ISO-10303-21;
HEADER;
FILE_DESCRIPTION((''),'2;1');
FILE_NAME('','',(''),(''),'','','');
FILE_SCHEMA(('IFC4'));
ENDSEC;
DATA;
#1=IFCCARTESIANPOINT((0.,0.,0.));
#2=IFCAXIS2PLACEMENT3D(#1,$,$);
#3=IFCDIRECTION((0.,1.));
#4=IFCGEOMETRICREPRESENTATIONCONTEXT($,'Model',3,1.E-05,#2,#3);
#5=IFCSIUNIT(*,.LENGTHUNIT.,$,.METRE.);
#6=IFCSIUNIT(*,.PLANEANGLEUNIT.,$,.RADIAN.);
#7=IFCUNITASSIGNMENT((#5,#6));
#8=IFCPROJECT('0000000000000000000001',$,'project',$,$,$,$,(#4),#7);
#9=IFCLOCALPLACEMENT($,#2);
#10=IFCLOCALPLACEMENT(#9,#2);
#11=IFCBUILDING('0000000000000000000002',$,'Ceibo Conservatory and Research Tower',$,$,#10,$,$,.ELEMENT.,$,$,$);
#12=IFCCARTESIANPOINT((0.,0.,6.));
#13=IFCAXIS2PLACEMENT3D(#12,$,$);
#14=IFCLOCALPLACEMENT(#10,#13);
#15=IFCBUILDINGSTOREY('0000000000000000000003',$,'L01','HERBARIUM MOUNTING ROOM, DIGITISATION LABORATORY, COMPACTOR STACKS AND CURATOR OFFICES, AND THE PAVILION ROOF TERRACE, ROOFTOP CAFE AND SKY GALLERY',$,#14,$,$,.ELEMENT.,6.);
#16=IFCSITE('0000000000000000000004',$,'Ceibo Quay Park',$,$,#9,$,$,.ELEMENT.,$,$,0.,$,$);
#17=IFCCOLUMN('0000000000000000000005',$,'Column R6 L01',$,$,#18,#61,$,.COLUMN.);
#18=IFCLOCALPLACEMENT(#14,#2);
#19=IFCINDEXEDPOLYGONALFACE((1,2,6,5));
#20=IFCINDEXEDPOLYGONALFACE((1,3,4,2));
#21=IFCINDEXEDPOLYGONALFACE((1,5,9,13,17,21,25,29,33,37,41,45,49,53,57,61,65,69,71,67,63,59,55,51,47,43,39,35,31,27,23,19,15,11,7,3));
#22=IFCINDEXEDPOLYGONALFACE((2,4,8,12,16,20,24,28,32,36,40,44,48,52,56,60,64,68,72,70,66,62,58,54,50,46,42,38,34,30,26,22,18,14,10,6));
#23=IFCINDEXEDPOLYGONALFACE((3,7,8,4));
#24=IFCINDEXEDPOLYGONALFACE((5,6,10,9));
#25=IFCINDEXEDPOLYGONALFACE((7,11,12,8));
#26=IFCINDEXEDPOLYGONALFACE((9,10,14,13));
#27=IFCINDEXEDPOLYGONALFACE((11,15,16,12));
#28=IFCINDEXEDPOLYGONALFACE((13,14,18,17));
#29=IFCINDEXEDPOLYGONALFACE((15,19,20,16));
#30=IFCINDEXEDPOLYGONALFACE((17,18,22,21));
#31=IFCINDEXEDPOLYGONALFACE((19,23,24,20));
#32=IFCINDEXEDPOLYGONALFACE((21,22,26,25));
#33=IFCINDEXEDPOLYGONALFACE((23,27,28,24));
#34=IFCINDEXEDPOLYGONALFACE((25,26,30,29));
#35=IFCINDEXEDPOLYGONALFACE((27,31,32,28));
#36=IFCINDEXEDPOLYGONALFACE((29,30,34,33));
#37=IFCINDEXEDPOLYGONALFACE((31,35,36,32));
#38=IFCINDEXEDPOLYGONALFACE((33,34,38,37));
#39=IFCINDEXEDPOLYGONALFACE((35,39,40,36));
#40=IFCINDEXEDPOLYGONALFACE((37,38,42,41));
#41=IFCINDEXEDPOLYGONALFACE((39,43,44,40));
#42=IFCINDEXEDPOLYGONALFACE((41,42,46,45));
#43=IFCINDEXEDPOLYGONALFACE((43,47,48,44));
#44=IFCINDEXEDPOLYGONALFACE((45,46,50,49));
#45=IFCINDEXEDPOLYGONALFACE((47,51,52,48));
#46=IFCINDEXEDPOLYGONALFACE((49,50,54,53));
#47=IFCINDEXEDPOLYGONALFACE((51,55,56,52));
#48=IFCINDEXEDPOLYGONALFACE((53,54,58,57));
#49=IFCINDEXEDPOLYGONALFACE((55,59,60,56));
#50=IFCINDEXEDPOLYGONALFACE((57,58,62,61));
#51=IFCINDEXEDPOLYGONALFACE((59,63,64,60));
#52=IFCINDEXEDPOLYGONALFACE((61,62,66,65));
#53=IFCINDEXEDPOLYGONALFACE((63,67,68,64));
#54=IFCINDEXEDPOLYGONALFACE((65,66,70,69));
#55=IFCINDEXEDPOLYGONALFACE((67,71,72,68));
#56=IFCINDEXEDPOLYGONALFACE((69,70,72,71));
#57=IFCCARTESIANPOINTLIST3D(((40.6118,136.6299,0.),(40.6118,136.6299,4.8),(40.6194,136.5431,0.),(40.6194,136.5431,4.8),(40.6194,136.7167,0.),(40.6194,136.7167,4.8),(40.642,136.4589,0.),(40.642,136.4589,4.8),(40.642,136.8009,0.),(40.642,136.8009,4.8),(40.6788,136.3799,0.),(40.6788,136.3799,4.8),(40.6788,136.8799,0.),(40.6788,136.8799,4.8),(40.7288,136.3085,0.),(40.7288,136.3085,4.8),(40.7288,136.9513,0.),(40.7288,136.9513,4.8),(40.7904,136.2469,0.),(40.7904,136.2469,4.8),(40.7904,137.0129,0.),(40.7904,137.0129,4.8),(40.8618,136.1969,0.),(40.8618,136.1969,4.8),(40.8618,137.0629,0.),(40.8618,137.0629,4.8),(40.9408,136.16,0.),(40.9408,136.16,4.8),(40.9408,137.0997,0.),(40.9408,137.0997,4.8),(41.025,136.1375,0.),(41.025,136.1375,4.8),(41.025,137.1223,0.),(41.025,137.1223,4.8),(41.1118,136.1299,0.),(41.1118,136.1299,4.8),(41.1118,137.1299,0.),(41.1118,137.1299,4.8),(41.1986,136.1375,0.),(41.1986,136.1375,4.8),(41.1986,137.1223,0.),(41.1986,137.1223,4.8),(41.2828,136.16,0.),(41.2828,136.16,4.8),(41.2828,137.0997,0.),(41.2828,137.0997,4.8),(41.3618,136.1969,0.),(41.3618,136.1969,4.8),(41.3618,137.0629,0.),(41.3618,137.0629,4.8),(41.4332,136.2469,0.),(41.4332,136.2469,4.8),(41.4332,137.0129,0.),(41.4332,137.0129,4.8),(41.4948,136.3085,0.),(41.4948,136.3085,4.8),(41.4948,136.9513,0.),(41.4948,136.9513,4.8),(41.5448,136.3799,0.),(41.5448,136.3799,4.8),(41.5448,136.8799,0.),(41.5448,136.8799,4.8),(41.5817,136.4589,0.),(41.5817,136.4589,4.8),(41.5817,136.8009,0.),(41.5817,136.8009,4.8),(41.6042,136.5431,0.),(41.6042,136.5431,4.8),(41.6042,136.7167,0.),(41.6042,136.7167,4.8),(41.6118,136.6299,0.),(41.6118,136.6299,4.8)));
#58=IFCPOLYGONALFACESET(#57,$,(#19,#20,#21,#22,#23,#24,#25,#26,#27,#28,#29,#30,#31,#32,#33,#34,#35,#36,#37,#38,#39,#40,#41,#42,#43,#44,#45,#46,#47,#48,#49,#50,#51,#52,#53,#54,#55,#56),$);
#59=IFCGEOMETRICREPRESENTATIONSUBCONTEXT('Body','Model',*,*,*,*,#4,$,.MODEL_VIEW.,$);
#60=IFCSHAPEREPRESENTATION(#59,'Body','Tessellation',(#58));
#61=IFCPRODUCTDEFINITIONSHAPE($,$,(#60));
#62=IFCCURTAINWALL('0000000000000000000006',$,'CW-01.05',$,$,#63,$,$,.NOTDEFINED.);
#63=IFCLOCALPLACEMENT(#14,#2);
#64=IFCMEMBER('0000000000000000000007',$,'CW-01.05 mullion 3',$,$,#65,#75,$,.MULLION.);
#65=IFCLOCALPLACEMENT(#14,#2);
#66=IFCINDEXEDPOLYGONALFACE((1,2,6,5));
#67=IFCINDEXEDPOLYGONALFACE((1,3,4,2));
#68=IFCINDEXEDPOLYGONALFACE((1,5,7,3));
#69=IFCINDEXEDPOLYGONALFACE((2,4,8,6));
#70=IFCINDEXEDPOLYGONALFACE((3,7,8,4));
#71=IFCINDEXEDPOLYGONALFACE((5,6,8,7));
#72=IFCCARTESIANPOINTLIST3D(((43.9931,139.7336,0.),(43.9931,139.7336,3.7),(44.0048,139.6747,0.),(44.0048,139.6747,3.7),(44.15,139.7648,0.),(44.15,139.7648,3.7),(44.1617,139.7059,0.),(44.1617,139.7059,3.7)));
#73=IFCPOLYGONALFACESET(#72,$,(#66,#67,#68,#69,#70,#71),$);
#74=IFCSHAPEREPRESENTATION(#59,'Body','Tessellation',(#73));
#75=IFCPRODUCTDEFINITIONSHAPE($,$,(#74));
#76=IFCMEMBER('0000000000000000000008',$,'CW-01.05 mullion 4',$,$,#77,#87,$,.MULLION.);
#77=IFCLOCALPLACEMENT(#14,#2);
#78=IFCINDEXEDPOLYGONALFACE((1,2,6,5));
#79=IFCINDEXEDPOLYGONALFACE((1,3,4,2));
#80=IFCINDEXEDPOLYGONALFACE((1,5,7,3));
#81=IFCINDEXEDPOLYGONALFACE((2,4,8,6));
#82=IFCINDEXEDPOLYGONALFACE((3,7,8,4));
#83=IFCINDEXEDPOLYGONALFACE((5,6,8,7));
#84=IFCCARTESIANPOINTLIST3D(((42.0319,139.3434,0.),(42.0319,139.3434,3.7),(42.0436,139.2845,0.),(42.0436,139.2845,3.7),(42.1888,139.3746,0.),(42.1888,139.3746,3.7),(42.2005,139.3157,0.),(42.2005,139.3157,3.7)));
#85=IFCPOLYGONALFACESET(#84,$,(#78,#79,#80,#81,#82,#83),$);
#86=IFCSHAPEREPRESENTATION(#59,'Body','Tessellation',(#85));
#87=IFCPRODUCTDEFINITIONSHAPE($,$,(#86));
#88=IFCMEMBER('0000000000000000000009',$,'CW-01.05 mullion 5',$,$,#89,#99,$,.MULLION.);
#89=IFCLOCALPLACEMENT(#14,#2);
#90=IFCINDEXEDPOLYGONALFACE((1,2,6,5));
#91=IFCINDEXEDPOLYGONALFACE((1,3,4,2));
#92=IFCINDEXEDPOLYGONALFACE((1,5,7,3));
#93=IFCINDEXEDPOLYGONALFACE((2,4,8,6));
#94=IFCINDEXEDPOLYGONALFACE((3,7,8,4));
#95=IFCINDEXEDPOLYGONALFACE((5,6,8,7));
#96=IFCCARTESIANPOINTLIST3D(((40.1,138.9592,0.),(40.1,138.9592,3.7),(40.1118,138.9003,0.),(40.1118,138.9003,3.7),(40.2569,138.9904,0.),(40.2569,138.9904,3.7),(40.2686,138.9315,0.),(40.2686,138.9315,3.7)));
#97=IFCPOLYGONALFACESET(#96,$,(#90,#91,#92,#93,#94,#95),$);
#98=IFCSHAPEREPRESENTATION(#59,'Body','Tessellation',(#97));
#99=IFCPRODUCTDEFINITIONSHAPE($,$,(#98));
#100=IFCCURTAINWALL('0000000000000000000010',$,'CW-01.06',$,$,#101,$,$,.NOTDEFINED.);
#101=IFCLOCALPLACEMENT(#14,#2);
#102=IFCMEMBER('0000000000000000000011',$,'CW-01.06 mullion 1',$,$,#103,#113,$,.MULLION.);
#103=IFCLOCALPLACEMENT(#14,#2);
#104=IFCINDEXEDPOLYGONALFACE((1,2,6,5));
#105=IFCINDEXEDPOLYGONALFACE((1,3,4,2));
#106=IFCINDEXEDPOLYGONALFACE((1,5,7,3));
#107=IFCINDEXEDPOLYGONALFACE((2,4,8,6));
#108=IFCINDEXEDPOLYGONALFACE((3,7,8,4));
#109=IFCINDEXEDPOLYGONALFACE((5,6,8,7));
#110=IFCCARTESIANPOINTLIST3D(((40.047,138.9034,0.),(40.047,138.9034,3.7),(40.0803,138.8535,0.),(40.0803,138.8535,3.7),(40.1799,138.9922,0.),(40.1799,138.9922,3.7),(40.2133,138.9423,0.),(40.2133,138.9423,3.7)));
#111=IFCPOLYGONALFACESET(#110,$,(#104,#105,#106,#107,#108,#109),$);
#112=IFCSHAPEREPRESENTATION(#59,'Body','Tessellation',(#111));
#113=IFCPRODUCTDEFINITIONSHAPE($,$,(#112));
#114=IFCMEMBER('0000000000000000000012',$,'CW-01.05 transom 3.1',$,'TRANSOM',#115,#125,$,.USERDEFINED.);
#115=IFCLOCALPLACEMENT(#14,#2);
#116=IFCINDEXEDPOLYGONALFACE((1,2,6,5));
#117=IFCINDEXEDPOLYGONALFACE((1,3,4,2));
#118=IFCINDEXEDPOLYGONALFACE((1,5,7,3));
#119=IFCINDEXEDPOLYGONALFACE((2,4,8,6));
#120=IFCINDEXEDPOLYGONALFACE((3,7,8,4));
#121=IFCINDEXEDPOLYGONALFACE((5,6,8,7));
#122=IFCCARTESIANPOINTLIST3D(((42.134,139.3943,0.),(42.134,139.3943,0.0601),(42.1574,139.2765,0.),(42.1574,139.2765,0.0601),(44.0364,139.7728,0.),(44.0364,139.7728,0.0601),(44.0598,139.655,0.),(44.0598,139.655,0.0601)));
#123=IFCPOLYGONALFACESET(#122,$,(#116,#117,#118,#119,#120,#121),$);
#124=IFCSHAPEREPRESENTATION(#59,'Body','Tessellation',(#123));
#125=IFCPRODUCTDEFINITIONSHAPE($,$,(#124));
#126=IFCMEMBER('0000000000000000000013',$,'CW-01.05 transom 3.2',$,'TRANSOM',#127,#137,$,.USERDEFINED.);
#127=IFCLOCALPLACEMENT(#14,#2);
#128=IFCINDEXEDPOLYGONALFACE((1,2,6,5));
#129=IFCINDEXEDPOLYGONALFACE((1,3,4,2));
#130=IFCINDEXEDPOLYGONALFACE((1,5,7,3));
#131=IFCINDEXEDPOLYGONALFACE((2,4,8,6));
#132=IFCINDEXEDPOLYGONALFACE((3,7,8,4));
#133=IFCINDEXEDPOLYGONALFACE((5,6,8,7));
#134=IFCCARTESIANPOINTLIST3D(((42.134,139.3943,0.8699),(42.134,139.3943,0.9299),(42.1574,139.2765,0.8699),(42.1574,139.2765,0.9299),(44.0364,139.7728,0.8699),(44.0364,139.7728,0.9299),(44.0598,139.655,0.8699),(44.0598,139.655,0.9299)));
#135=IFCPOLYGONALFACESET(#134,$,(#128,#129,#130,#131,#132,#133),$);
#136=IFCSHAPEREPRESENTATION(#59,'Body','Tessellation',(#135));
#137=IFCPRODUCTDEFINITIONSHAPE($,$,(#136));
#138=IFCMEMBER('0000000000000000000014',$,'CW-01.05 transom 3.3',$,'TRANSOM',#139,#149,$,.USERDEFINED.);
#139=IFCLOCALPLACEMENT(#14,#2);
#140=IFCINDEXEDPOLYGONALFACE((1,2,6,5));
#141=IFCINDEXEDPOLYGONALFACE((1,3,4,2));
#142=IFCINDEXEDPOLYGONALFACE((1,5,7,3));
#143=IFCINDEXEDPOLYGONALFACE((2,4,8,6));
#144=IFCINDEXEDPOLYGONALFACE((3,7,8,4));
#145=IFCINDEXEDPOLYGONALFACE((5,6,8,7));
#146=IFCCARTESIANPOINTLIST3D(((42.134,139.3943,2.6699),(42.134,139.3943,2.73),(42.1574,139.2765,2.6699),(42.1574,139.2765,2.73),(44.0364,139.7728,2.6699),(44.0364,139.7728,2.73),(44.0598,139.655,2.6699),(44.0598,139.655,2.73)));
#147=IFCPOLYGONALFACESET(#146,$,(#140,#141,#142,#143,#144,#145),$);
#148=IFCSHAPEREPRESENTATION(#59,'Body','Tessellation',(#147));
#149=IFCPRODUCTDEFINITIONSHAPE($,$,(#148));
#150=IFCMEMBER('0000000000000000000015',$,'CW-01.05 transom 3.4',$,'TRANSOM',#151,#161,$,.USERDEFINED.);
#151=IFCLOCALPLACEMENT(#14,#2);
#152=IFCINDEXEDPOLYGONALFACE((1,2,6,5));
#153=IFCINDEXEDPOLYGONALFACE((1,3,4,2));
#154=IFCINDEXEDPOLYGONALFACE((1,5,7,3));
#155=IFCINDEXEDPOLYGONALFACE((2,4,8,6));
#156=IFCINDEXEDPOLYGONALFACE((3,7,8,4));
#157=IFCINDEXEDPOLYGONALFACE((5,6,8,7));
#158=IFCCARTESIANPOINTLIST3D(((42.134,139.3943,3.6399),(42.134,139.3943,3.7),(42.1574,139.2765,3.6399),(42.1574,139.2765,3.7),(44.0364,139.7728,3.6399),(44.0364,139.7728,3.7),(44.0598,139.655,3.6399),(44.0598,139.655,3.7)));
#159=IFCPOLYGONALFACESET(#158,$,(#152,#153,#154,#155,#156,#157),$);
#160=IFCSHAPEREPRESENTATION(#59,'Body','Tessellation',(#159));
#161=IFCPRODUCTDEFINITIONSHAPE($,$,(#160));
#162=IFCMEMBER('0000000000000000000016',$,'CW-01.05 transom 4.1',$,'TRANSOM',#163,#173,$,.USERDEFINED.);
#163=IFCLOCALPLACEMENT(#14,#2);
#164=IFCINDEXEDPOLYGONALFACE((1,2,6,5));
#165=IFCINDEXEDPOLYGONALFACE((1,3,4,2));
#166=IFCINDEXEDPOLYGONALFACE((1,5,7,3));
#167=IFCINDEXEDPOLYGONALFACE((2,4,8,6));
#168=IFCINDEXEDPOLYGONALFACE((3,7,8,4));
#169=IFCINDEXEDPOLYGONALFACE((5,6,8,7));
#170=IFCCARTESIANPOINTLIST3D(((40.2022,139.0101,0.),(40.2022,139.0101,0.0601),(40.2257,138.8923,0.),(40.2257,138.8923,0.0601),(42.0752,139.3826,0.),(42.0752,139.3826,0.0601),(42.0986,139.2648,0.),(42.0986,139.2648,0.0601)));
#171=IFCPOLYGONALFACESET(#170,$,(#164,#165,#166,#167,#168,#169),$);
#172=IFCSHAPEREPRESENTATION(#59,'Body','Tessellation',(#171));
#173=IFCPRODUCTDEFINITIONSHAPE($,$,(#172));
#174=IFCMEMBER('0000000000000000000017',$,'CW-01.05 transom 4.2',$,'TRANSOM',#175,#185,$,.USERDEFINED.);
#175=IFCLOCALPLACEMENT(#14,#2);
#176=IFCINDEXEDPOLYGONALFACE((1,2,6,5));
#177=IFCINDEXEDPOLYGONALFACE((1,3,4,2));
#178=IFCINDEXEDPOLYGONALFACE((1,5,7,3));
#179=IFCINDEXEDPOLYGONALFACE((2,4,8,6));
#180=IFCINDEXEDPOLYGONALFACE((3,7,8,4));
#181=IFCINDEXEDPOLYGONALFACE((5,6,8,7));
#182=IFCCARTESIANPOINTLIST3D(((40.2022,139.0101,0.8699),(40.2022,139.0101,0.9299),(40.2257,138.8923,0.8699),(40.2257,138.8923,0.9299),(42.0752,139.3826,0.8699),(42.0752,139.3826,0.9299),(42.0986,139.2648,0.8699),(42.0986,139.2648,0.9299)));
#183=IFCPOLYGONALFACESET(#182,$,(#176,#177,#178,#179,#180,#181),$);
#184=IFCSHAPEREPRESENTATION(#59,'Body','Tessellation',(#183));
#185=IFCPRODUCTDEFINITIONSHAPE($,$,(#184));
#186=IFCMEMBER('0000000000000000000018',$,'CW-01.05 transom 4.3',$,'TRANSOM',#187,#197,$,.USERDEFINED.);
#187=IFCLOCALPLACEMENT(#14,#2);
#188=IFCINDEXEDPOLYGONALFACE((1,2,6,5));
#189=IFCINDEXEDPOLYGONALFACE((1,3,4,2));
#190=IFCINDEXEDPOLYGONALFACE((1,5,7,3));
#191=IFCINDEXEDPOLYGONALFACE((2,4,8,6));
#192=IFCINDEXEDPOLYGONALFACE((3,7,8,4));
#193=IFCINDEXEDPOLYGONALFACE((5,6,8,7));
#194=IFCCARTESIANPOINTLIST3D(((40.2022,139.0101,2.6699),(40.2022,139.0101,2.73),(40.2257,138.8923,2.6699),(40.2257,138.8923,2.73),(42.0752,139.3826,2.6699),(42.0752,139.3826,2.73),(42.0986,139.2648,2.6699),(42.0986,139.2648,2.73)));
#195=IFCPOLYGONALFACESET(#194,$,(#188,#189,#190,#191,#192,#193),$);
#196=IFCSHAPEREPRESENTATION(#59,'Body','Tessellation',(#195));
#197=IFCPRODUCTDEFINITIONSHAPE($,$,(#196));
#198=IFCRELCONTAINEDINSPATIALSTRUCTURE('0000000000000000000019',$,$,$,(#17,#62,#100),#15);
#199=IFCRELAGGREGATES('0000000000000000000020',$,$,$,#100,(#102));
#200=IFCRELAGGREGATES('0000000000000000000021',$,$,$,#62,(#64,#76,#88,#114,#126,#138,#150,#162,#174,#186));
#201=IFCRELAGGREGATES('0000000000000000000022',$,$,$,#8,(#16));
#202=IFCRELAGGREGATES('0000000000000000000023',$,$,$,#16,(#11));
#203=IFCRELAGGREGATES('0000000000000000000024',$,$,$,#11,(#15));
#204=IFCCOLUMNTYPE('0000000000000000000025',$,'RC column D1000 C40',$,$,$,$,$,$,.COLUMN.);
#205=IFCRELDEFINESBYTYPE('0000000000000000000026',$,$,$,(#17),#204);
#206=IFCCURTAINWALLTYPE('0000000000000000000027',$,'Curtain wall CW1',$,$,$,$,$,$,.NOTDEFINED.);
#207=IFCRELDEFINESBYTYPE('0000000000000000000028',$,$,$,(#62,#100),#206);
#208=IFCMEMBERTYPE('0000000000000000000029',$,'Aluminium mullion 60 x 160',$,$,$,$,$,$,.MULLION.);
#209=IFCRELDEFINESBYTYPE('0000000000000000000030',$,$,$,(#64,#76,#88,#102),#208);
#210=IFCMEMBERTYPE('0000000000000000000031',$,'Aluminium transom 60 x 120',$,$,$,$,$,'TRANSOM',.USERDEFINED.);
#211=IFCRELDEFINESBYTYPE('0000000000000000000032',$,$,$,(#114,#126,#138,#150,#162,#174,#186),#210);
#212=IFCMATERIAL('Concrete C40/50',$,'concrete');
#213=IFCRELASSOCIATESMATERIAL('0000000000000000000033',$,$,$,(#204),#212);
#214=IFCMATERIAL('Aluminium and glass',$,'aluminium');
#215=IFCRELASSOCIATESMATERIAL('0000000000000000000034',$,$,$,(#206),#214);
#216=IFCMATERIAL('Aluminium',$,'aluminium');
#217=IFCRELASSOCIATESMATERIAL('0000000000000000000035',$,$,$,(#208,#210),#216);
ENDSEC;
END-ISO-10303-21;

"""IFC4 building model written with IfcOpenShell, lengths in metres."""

from ifc_helpers import new_model, si_unit, direction, frame, origin, origin_2d, place, context, subcontext, project, spatial, rectangle, circle, extrude, material, material_profile, profile_set, type_object, element, aggregate, save


model = new_model("IFC4")

# Units and contexts
model_context = context("Model", 3, precision=1e-05, world=origin(), true_north=direction((0.0, 1.0)))
body_context = subcontext(model_context, "Body", "Model", "MODEL_VIEW")
ifc_project = project(units=[si_unit("LENGTHUNIT", "METRE"), si_unit("PLANEANGLEUNIT", "RADIAN")], contexts=[model_context])

# Site, building, storey
site_placement = place(None, origin())
site = spatial("IfcSite", under=ifc_project, at=site_placement, Name="Ceibo Quay Park", CompositionType="ELEMENT", RefElevation=0.0)
building_placement = place(site_placement, origin())
building = spatial("IfcBuilding", under=site, at=building_placement, Name="Ceibo Conservatory and Research Tower", CompositionType="ELEMENT")
storey_placement = place(building_placement, frame((0.0, 0.0, 6.0)))
storey = spatial("IfcBuildingStorey", under=building, at=storey_placement, Name="L01", Description="HERBARIUM MOUNTING ROOM, DIGITISATION LABORATORY, COMPACTOR STACKS AND CURATOR OFFICES, AND THE PAVILION ROOF TERRACE, ROOFTOP CAFE AND SKY GALLERY", CompositionType="ELEMENT", Elevation=6.0)

# Column
ifc_material_1 = material(Name="Concrete C40/50", Category="concrete")
ifc_material_profile_1 = material_profile(ifc_material_1, circle(Radius=0.5, at=origin_2d()), Name="RC D1000")
ifc_profile_set_1 = profile_set([ifc_material_profile_1], Name="Concrete C40/50")
column_type = type_object("IfcColumnType", Name="RC column D1000 C40", PredefinedType="COLUMN", material=ifc_profile_set_1)
column_placement = place(storey_placement, frame((41.1118, 136.6299, 0.0), z_axis=(0.0, 0.0, 1.0), x_axis=(1.0, 0.0, 0.0)))
element("IfcColumn", 1, at=column_placement, inside=storey, type_object=column_type, Name="Column R6 L01", PredefinedType="COLUMN", context=body_context, shape_type="SweptSolid", body=[
    extrude(circle(Radius=0.5, at=origin_2d()), origin(), (0.0, 0.0, 1.0), 4.8),
])

# Curtain wall, members
ifc_material_2 = material(Name="Aluminium and glass", Category="aluminium")
curtain_wall_type = type_object("IfcCurtainWallType", Name="Curtain wall CW1", PredefinedType="NOTDEFINED", material=ifc_material_2)
curtain_wall_1_placement = place(storey_placement, origin())
curtain_wall_1 = element("IfcCurtainWall", 2, at=curtain_wall_1_placement, inside=storey, type_object=curtain_wall_type, Name="CW-01.05", PredefinedType="NOTDEFINED")
ifc_material_3 = material(Name="Aluminium", Category="aluminium")
ifc_material_profile_2 = material_profile(ifc_material_3, rectangle(XDim=0.0601, YDim=0.1599, at=origin_2d()), Name="Aluminium 60 x 160")
ifc_profile_set_2 = profile_set([ifc_material_profile_2], Name="Aluminium")
member_type_1 = type_object("IfcMemberType", Name="Aluminium mullion 60 x 160", PredefinedType="MULLION", material=ifc_profile_set_2)
member_1_placement = place(storey_placement, frame((44.0774, 139.7197, 0.0), z_axis=(0.0, 0.0, 1.0), x_axis=(0.19509, -0.980785, 0.0)))
member_1 = element("IfcMember", 3, at=member_1_placement, type_object=member_type_1, Name="CW-01.05 mullion 3", PredefinedType="MULLION", context=body_context, shape_type="SweptSolid", body=[
    extrude(rectangle(XDim=0.0601, YDim=0.1599, at=origin_2d()), origin(), (0.0, 0.0, 1.0), 3.7),
])
member_2_placement = place(storey_placement, frame((42.1162, 139.3296, 0.0), z_axis=(0.0, 0.0, 1.0), x_axis=(0.19509, -0.980785, 0.0)))
member_2 = element("IfcMember", 4, at=member_2_placement, type_object=member_type_1, Name="CW-01.05 mullion 4", PredefinedType="MULLION", context=body_context, shape_type="SweptSolid", body=[
    extrude(rectangle(XDim=0.0601, YDim=0.1599, at=origin_2d()), origin(), (0.0, 0.0, 1.0), 3.7),
])
member_3_placement = place(storey_placement, frame((40.1843, 138.9453, 0.0), z_axis=(0.0, 0.0, 1.0), x_axis=(0.19509, -0.980785, 0.0)))
member_3 = element("IfcMember", 5, at=member_3_placement, type_object=member_type_1, Name="CW-01.05 mullion 5", PredefinedType="MULLION", context=body_context, shape_type="SweptSolid", body=[
    extrude(rectangle(XDim=0.0601, YDim=0.1599, at=origin_2d()), origin(), (0.0, 0.0, 1.0), 3.7),
])

# Curtain wall, member
curtain_wall_2_placement = place(storey_placement, origin())
curtain_wall_2 = element("IfcCurtainWall", 6, at=curtain_wall_2_placement, inside=storey, type_object=curtain_wall_type, Name="CW-01.06", PredefinedType="NOTDEFINED")
member_4_placement = place(storey_placement, frame((40.1301, 138.9229, 0.0), z_axis=(0.0, 0.0, 1.0), x_axis=(0.55557, -0.83147, 0.0)))
member_4 = element("IfcMember", 7, at=member_4_placement, type_object=member_type_1, Name="CW-01.06 mullion 1", PredefinedType="MULLION", context=body_context, shape_type="SweptSolid", body=[
    extrude(rectangle(XDim=0.0601, YDim=0.1599, at=origin_2d()), origin(), (0.0, 0.0, 1.0), 3.7),
])

# Members
ifc_material_profile_3 = material_profile(ifc_material_3, rectangle(XDim=0.1201, YDim=0.0601, at=origin_2d()), Name="Aluminium 60 x 120")
ifc_profile_set_3 = profile_set([ifc_material_profile_3], Name="Aluminium")
member_type_2 = type_object("IfcMemberType", Name="Aluminium transom 60 x 120", ElementType="TRANSOM", PredefinedType="USERDEFINED", material=ifc_profile_set_3)
member_5_placement = place(storey_placement, frame((44.0481, 139.7139, 0.03), z_axis=(-0.980783, -0.195099, 0.0), x_axis=(0.195099, -0.980783, 0.0)))
member_5 = element("IfcMember", 8, at=member_5_placement, type_object=member_type_2, Name="CW-01.05 transom 3.1", ObjectType="TRANSOM", PredefinedType="USERDEFINED", context=body_context, shape_type="SweptSolid", body=[
    extrude(rectangle(XDim=0.1201, YDim=0.0601, at=origin_2d()), origin(), (0.0, 0.0, 1.0), 1.9397),
])
member_6_placement = place(storey_placement, frame((44.0481, 139.7139, 0.8999), z_axis=(-0.980783, -0.195099, 0.0), x_axis=(0.195099, -0.980783, 0.0)))
member_6 = element("IfcMember", 9, at=member_6_placement, type_object=member_type_2, Name="CW-01.05 transom 3.2", ObjectType="TRANSOM", PredefinedType="USERDEFINED", context=body_context, shape_type="SweptSolid", body=[
    extrude(rectangle(XDim=0.1201, YDim=0.0601, at=origin_2d()), origin(), (0.0, 0.0, 1.0), 1.9397),
])
member_7_placement = place(storey_placement, frame((44.0481, 139.7139, 2.7), z_axis=(-0.980783, -0.195099, 0.0), x_axis=(0.195099, -0.980783, 0.0)))
member_7 = element("IfcMember", 10, at=member_7_placement, type_object=member_type_2, Name="CW-01.05 transom 3.3", ObjectType="TRANSOM", PredefinedType="USERDEFINED", context=body_context, shape_type="SweptSolid", body=[
    extrude(rectangle(XDim=0.1201, YDim=0.0601, at=origin_2d()), origin(), (0.0, 0.0, 1.0), 1.9397),
])
member_8_placement = place(storey_placement, frame((44.0481, 139.7139, 3.6699), z_axis=(-0.980783, -0.195099, 0.0), x_axis=(0.195099, -0.980783, 0.0)))
member_8 = element("IfcMember", 11, at=member_8_placement, type_object=member_type_2, Name="CW-01.05 transom 3.4", ObjectType="TRANSOM", PredefinedType="USERDEFINED", context=body_context, shape_type="SweptSolid", body=[
    extrude(rectangle(XDim=0.1201, YDim=0.0601, at=origin_2d()), origin(), (0.0, 0.0, 1.0), 1.9397),
])
member_9_placement = place(storey_placement, frame((42.0869, 139.3237, 0.03), z_axis=(-0.980787, -0.195083, 0.0), x_axis=(0.195083, -0.980787, 0.0)))
member_9 = element("IfcMember", 12, at=member_9_placement, type_object=member_type_2, Name="CW-01.05 transom 4.1", ObjectType="TRANSOM", PredefinedType="USERDEFINED", context=body_context, shape_type="SweptSolid", body=[
    extrude(rectangle(XDim=0.1201, YDim=0.0601, at=origin_2d()), origin(), (0.0, 0.0, 1.0), 1.9097),
])
member_10_placement = place(storey_placement, frame((42.0869, 139.3237, 0.8999), z_axis=(-0.980787, -0.195083, 0.0), x_axis=(0.195083, -0.980787, 0.0)))
member_10 = element("IfcMember", 13, at=member_10_placement, type_object=member_type_2, Name="CW-01.05 transom 4.2", ObjectType="TRANSOM", PredefinedType="USERDEFINED", context=body_context, shape_type="SweptSolid", body=[
    extrude(rectangle(XDim=0.1201, YDim=0.0601, at=origin_2d()), origin(), (0.0, 0.0, 1.0), 1.9097),
])
member_11_placement = place(storey_placement, frame((42.0869, 139.3237, 2.7), z_axis=(-0.980787, -0.195083, 0.0), x_axis=(0.195083, -0.980787, 0.0)))
member_11 = element("IfcMember", 14, at=member_11_placement, type_object=member_type_2, Name="CW-01.05 transom 4.3", ObjectType="TRANSOM", PredefinedType="USERDEFINED", context=body_context, shape_type="SweptSolid", body=[
    extrude(rectangle(XDim=0.1201, YDim=0.0601, at=origin_2d()), origin(), (0.0, 0.0, 1.0), 1.9097),
])
aggregate(curtain_wall_2, [member_4])

aggregate(curtain_wall_1, [member_1, member_2, member_3, member_5, member_6, member_7, member_8, member_9, member_10, member_11])

save(model, "model.ifc")
